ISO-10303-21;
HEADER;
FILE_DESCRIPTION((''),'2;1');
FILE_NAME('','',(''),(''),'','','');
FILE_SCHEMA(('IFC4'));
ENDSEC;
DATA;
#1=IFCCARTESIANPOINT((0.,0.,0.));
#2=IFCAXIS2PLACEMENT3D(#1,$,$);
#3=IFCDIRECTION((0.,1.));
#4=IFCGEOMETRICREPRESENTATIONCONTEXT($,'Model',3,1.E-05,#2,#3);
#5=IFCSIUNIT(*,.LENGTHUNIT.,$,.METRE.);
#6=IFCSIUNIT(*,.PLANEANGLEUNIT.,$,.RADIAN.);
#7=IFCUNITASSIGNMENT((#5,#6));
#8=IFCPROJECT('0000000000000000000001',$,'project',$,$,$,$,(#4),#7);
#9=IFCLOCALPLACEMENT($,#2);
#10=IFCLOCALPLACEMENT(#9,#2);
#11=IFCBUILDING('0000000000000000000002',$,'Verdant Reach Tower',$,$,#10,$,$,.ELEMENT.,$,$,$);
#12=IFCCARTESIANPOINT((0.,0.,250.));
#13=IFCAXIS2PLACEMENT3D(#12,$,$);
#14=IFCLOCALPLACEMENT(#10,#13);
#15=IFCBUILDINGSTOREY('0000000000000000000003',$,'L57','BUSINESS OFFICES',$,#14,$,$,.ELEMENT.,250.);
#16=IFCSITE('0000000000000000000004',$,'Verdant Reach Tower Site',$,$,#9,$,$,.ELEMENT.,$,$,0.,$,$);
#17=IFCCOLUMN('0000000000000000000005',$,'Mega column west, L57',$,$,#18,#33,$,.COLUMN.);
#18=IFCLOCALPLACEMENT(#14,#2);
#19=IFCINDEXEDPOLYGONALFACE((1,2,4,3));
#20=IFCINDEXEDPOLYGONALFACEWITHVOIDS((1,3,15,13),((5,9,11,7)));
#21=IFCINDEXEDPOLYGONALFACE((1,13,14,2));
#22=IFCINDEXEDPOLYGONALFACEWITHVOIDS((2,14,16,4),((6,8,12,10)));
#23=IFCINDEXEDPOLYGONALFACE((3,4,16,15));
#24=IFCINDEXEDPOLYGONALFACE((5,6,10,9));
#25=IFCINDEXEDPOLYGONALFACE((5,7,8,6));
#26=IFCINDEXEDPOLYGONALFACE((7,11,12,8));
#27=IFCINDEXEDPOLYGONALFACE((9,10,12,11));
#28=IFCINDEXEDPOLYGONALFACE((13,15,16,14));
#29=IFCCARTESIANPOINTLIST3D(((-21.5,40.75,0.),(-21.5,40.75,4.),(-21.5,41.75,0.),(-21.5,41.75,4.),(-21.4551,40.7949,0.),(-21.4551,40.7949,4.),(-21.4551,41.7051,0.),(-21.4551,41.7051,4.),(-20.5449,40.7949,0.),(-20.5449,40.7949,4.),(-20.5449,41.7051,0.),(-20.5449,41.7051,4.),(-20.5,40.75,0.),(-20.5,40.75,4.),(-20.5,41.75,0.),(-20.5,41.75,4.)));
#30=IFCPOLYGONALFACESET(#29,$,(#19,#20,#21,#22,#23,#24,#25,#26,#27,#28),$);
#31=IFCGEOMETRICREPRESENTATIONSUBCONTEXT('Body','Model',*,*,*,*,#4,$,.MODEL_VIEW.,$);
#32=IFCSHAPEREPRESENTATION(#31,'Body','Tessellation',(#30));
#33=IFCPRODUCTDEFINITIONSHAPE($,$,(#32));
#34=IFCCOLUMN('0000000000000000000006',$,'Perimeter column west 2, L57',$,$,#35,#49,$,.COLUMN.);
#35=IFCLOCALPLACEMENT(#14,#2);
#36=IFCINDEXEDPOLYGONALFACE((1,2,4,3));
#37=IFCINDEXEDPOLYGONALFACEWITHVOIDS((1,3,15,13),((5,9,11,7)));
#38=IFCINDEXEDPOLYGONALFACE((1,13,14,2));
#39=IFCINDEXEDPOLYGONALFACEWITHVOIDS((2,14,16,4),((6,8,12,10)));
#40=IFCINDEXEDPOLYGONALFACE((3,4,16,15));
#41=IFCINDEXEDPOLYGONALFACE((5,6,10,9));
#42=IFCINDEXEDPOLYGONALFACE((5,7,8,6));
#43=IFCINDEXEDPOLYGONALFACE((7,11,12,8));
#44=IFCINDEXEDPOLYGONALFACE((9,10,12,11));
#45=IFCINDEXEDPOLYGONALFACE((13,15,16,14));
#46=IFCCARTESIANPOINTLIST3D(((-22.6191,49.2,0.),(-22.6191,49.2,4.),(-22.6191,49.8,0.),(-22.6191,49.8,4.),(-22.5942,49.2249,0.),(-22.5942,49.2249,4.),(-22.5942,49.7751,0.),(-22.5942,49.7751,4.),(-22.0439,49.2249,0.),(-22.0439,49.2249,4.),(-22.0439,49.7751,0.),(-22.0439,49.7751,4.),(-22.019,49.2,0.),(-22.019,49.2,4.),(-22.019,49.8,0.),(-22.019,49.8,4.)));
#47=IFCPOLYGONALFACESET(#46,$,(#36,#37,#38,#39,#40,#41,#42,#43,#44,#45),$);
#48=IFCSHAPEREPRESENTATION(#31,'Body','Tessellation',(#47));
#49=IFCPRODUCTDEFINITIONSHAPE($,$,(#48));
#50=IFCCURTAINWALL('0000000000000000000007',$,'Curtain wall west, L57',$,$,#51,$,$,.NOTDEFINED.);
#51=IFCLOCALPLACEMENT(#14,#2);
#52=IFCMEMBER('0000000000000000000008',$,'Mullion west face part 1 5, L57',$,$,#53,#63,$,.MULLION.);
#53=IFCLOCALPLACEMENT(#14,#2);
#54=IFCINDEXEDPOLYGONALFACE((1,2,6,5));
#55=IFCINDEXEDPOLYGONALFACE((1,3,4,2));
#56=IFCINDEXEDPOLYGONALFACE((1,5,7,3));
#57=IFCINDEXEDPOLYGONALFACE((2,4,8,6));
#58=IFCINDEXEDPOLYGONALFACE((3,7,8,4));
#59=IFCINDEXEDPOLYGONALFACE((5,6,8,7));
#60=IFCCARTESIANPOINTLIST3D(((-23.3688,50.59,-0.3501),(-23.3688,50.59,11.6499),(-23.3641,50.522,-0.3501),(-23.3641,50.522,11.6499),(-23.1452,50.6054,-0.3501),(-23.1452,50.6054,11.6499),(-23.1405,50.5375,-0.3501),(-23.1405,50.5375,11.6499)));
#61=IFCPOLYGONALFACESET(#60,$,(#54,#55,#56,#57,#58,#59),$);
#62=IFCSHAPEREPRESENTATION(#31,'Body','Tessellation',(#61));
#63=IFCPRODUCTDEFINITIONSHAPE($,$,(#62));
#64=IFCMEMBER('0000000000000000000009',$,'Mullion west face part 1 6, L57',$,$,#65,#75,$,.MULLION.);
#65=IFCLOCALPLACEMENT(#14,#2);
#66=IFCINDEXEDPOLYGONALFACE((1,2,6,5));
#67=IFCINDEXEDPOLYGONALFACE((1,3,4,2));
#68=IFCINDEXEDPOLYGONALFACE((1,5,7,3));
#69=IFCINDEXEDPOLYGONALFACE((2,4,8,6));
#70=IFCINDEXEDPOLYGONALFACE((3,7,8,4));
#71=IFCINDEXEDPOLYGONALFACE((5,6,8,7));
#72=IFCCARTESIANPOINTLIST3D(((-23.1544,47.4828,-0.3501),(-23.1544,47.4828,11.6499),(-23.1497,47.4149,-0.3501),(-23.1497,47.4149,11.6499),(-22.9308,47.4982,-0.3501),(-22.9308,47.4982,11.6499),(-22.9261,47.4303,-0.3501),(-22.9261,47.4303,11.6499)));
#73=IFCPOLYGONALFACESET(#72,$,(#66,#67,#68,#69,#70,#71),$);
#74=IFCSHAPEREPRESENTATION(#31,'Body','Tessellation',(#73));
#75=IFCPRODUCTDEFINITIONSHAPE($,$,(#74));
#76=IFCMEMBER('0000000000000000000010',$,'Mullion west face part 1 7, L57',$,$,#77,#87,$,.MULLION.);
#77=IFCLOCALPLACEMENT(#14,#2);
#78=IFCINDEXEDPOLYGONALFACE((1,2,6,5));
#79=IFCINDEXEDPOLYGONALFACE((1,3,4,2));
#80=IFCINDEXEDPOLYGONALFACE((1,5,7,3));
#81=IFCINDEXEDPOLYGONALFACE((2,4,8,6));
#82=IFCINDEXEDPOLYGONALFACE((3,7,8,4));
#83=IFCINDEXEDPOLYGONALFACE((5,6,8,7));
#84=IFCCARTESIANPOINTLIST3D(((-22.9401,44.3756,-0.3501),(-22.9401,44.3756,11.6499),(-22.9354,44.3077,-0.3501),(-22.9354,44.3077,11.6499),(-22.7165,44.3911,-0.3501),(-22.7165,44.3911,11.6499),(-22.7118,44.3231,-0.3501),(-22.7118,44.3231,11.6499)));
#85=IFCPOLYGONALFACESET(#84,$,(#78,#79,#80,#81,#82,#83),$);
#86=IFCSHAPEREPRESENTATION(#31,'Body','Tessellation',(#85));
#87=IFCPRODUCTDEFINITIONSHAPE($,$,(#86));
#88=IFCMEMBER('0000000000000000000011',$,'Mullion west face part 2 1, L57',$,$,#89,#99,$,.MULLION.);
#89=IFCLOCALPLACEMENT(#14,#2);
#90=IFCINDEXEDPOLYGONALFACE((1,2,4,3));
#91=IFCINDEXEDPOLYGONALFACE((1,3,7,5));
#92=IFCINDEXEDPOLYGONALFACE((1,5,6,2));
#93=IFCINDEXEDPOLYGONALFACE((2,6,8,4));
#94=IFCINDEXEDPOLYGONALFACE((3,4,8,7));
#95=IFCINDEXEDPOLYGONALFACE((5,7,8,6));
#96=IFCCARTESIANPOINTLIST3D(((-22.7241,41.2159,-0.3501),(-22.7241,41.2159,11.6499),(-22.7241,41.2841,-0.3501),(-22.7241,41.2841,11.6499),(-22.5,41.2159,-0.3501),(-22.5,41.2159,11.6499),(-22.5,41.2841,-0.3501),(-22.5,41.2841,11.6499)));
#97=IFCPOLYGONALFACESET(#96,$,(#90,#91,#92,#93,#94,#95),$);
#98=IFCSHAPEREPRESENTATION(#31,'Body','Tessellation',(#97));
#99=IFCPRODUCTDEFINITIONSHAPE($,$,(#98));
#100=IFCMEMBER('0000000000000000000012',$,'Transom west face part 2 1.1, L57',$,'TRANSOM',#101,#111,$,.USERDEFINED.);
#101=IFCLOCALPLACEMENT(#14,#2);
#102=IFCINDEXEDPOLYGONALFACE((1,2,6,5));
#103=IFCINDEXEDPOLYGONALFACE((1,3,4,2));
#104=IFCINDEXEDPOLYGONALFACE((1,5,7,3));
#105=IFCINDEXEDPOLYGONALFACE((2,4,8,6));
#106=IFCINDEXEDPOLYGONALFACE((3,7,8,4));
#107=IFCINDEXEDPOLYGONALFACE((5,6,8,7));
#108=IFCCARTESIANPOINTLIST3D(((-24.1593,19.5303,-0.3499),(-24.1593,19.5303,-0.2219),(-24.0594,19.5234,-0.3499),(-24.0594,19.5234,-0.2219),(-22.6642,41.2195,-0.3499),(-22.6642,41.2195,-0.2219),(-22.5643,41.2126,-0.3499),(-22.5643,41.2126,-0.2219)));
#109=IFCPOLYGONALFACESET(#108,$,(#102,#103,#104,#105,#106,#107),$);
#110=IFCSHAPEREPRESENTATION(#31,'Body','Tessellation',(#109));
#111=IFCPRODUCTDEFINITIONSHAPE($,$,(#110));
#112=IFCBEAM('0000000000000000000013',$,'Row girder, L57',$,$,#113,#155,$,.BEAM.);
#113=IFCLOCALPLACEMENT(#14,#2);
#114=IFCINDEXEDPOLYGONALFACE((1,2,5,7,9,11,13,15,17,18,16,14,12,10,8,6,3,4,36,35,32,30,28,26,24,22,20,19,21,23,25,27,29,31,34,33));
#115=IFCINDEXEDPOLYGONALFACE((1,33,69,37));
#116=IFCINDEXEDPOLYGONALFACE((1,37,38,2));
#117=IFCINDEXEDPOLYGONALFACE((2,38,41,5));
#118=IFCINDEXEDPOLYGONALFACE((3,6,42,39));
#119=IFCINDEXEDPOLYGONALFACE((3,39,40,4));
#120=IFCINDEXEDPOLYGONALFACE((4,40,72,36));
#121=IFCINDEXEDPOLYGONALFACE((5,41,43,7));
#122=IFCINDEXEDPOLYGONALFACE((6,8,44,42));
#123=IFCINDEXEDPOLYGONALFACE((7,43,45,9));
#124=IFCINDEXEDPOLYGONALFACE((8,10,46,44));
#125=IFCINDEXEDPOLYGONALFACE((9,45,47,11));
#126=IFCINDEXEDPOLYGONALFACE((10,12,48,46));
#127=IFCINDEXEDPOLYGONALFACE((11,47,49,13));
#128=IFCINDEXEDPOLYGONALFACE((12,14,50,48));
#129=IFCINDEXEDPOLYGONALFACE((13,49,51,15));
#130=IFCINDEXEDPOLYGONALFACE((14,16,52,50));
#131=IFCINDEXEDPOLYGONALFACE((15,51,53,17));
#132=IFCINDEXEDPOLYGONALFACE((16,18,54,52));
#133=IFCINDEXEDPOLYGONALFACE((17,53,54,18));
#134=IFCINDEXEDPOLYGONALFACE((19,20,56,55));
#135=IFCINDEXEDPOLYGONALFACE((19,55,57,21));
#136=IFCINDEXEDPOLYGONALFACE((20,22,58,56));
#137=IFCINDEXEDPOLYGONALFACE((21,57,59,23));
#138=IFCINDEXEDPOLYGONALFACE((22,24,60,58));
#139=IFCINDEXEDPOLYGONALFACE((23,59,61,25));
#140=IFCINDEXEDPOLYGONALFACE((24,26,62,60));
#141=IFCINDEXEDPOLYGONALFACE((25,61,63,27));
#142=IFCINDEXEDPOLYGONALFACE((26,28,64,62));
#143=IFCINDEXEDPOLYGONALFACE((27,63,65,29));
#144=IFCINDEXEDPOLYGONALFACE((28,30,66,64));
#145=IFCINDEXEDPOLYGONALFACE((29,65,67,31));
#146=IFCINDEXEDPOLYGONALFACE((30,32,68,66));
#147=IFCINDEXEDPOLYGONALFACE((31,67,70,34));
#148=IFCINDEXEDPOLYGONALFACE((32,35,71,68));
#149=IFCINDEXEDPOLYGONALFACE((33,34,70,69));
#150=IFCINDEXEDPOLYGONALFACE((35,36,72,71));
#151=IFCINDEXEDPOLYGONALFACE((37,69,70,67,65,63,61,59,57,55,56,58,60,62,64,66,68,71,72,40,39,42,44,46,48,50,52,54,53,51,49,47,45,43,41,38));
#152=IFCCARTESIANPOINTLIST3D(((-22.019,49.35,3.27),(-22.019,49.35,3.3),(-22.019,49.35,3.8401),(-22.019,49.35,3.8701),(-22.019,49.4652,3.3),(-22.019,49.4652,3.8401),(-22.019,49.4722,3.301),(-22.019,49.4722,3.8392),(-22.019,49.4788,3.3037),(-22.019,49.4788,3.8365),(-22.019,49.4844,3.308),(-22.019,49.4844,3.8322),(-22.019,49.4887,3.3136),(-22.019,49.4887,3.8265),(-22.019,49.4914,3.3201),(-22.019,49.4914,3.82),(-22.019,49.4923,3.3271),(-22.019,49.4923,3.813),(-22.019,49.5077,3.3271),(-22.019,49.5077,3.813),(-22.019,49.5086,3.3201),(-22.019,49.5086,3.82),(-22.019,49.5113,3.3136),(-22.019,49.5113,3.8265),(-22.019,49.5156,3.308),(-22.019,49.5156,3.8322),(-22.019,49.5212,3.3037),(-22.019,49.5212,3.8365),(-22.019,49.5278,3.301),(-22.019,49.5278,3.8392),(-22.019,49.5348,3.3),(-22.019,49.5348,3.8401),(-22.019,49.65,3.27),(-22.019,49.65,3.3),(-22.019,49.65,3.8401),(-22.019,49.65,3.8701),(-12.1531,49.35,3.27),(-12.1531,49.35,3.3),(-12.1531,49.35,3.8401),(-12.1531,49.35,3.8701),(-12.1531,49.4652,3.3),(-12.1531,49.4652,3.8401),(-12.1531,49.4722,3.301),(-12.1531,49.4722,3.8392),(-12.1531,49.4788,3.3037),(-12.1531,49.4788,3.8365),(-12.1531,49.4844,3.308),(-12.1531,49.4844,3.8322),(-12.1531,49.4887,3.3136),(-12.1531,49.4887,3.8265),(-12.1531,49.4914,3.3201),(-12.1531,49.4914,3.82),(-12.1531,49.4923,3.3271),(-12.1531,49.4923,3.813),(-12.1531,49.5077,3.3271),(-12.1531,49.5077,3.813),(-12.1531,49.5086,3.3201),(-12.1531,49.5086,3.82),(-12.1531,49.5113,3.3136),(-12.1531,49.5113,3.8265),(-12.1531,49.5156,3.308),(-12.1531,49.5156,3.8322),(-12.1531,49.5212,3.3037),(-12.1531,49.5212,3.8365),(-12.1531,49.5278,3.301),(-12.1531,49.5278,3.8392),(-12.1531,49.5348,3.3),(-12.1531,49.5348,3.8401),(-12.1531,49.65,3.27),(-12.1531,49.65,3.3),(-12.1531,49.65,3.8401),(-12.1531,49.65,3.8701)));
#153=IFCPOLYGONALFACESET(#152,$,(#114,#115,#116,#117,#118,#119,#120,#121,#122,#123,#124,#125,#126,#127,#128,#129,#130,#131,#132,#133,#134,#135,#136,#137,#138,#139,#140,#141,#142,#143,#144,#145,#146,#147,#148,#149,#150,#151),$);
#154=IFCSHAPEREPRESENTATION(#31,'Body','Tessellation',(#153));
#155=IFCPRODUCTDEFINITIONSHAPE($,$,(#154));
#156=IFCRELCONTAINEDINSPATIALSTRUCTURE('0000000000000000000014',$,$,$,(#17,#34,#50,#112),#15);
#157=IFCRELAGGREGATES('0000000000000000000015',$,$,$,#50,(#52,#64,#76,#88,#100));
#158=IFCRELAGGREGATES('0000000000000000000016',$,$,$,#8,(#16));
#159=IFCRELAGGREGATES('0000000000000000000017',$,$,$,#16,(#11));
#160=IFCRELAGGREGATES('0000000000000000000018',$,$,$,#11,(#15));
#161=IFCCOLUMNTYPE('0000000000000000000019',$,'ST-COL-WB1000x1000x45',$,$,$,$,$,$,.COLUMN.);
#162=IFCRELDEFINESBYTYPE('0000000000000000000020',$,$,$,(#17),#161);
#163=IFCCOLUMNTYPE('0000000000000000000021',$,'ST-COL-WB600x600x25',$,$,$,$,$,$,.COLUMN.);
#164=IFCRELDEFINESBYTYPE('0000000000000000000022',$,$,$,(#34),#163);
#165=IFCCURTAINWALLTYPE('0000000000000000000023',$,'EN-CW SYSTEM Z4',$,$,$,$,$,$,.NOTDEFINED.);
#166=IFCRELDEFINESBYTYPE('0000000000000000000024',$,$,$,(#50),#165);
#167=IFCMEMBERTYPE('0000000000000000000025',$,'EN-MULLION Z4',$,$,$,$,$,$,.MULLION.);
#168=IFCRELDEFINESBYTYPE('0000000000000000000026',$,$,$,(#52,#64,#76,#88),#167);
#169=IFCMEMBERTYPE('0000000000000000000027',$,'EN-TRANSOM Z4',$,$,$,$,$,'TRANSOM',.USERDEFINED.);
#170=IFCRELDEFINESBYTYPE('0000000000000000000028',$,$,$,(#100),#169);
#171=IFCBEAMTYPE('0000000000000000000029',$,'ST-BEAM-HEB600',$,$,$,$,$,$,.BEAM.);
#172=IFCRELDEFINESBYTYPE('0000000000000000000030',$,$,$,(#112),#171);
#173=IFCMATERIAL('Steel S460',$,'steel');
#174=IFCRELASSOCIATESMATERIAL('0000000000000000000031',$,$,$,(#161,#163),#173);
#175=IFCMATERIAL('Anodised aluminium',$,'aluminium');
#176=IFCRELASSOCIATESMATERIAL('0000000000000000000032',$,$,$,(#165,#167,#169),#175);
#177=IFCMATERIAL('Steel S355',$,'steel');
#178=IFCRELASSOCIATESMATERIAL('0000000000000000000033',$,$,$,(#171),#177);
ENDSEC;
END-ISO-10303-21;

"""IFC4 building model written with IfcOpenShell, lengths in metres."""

from ifc_helpers import new_model, si_unit, direction, frame, origin, origin_2d, place, context, subcontext, project, spatial, rectangle, hollow_rectangle, i_section, extrude, material, material_profile, profile_set, type_object, element, aggregate, save


model = new_model("IFC4")

# Units and contexts
model_context = context("Model", 3, precision=1e-05, world=origin(), true_north=direction((0.0, 1.0)))
body_context = subcontext(model_context, "Body", "Model", "MODEL_VIEW")
ifc_project = project(units=[si_unit("LENGTHUNIT", "METRE"), si_unit("PLANEANGLEUNIT", "RADIAN")], contexts=[model_context])

# Site, building, storey
site_placement = place(None, origin())
site = spatial("IfcSite", under=ifc_project, at=site_placement, Name="Verdant Reach Tower Site", CompositionType="ELEMENT", RefElevation=0.0)
building_placement = place(site_placement, origin())
building = spatial("IfcBuilding", under=site, at=building_placement, Name="Verdant Reach Tower", CompositionType="ELEMENT")
storey_placement = place(building_placement, frame((0.0, 0.0, 250.0)))
storey = spatial("IfcBuildingStorey", under=building, at=storey_placement, Name="L57", Description="BUSINESS OFFICES", CompositionType="ELEMENT", Elevation=250.0)

# Columns
ifc_material_1 = material(Name="Steel S460", Category="steel")
ifc_material_profile_1 = material_profile(ifc_material_1, hollow_rectangle(XDim=1.0, YDim=1.0, WallThickness=0.0449, at=origin_2d()), Name="WB 1000x1000x45")
ifc_profile_set_1 = profile_set([ifc_material_profile_1], Name="Steel S460")
column_type_1 = type_object("IfcColumnType", Name="ST-COL-WB1000x1000x45", PredefinedType="COLUMN", material=ifc_profile_set_1)
column_1_placement = place(storey_placement, frame((-21.0, 41.25, 0.0), z_axis=(0.0, 0.0, 1.0), x_axis=(1.0, 0.0, 0.0)))
element("IfcColumn", 1, at=column_1_placement, inside=storey, type_object=column_type_1, Name="Mega column west, L57", PredefinedType="COLUMN", context=body_context, shape_type="SweptSolid", body=[
    extrude(hollow_rectangle(XDim=1.0, YDim=1.0, WallThickness=0.0449, at=origin_2d()), origin(), (0.0, 0.0, 1.0), 4.0),
])
ifc_material_profile_2 = material_profile(ifc_material_1, hollow_rectangle(XDim=0.6001, YDim=0.6001, WallThickness=0.0249, at=origin_2d()), Name="WB 600x600x25")
ifc_profile_set_2 = profile_set([ifc_material_profile_2], Name="Steel S460")
column_type_2 = type_object("IfcColumnType", Name="ST-COL-WB600x600x25", PredefinedType="COLUMN", material=ifc_profile_set_2)
column_2_placement = place(storey_placement, frame((-22.3191, 49.5, 0.0), z_axis=(0.0, 0.0, 1.0), x_axis=(1.0, 0.0, 0.0)))
element("IfcColumn", 2, at=column_2_placement, inside=storey, type_object=column_type_2, Name="Perimeter column west 2, L57", PredefinedType="COLUMN", context=body_context, shape_type="SweptSolid", body=[
    extrude(hollow_rectangle(XDim=0.6001, YDim=0.6001, WallThickness=0.0249, at=origin_2d()), origin(), (0.0, 0.0, 1.0), 4.0),
])

# Curtain wall, members
ifc_material_2 = material(Name="Anodised aluminium", Category="aluminium")
curtain_wall_type = type_object("IfcCurtainWallType", Name="EN-CW SYSTEM Z4", PredefinedType="NOTDEFINED", material=ifc_material_2)
curtain_wall_placement = place(storey_placement, origin())
curtain_wall = element("IfcCurtainWall", 3, at=curtain_wall_placement, inside=storey, type_object=curtain_wall_type, Name="Curtain wall west, L57", PredefinedType="NOTDEFINED")
ifc_material_profile_3 = material_profile(ifc_material_2, rectangle(XDim=0.2241, YDim=0.0681, at=origin_2d()), Name="Mullion 68x224")
ifc_profile_set_3 = profile_set([ifc_material_profile_3], Name="Anodised aluminium")
member_type_1 = type_object("IfcMemberType", Name="EN-MULLION Z4", PredefinedType="MULLION", material=ifc_profile_set_3)
member_1_placement = place(storey_placement, frame((-23.2546, 50.5637, -0.3501), z_axis=(0.0, 0.0, 1.0), x_axis=(-0.99763, -0.068802, 0.0)))
member_1 = element("IfcMember", 4, at=member_1_placement, type_object=member_type_1, Name="Mullion west face part 1 5, L57", PredefinedType="MULLION", context=body_context, shape_type="SweptSolid", body=[
    extrude(rectangle(XDim=0.2241, YDim=0.0681, at=origin_2d()), origin(), (0.0, 0.0, 1.0), 12.0),
])
member_2_placement = place(storey_placement, frame((-23.0403, 47.4565, -0.3501), z_axis=(0.0, 0.0, 1.0), x_axis=(-0.99763, -0.068802, 0.0)))
member_2 = element("IfcMember", 5, at=member_2_placement, type_object=member_type_1, Name="Mullion west face part 1 6, L57", PredefinedType="MULLION", context=body_context, shape_type="SweptSolid", body=[
    extrude(rectangle(XDim=0.2241, YDim=0.0681, at=origin_2d()), origin(), (0.0, 0.0, 1.0), 12.0),
])
member_3_placement = place(storey_placement, frame((-22.8259, 44.3494, -0.3501), z_axis=(0.0, 0.0, 1.0), x_axis=(-0.99763, -0.068802, 0.0)))
member_3 = element("IfcMember", 6, at=member_3_placement, type_object=member_type_1, Name="Mullion west face part 1 7, L57", PredefinedType="MULLION", context=body_context, shape_type="SweptSolid", body=[
    extrude(rectangle(XDim=0.2241, YDim=0.0681, at=origin_2d()), origin(), (0.0, 0.0, 1.0), 12.0),
])
member_4_placement = place(storey_placement, frame((-22.6121, 41.25, -0.3501), z_axis=(0.0, 0.0, 1.0), x_axis=(-1.0, 0.0, 0.0)))
member_4 = element("IfcMember", 7, at=member_4_placement, type_object=member_type_1, Name="Mullion west face part 2 1, L57", PredefinedType="MULLION", context=body_context, shape_type="SweptSolid", body=[
    extrude(rectangle(XDim=0.2241, YDim=0.0681, at=origin_2d()), origin(), (0.0, 0.0, 1.0), 12.0),
])
ifc_material_profile_4 = material_profile(ifc_material_2, rectangle(XDim=0.1001, YDim=0.1279, at=origin_2d()), Name="Transom 128x100")
ifc_profile_set_4 = profile_set([ifc_material_profile_4], Name="Anodised aluminium")
member_type_2 = type_object("IfcMemberType", Name="EN-TRANSOM Z4", ElementType="TRANSOM", PredefinedType="USERDEFINED", material=ifc_profile_set_4)
member_5_placement = place(storey_placement, frame((-22.6143, 41.2161, -0.2859), z_axis=(-0.06877, -0.997633, 0.0), x_axis=(0.997633, -0.06877, 0.0)))
member_5 = element("IfcMember", 8, at=member_5_placement, type_object=member_type_2, Name="Transom west face part 2 1.1, L57", ObjectType="TRANSOM", PredefinedType="USERDEFINED", context=body_context, shape_type="SweptSolid", body=[
    extrude(rectangle(XDim=0.1001, YDim=0.1279, at=origin_2d()), origin(), (0.0, 0.0, 1.0), 21.7407),
])

# Beam
ifc_material_3 = material(Name="Steel S355", Category="steel")
ifc_material_profile_5 = material_profile(ifc_material_3, i_section(OverallWidth=0.3, OverallDepth=0.6001, WebThickness=0.0154, FlangeThickness=0.03, FilletRadius=0.0271, at=origin_2d()), Name="HEB 600")
ifc_profile_set_5 = profile_set([ifc_material_profile_5], Name="Steel S355")
beam_type_1 = type_object("IfcBeamType", Name="ST-BEAM-HEB600", PredefinedType="BEAM", material=ifc_profile_set_5)
beam_1_placement = place(storey_placement, frame((-22.019, 49.5, 3.5701), z_axis=(1.0, 0.0, 0.0), x_axis=(0.0, 1.0, 0.0)))
element("IfcBeam", 9, at=beam_1_placement, inside=storey, type_object=beam_type_1, Name="Row girder, L57", PredefinedType="BEAM", context=body_context, shape_type="SweptSolid", body=[
    extrude(i_section(OverallWidth=0.3, OverallDepth=0.6001, WebThickness=0.0154, FlangeThickness=0.03, FilletRadius=0.0271, at=origin_2d()), origin(), (0.0, 0.0, 1.0), 9.866),
])

aggregate(curtain_wall, [member_1, member_2, member_3, member_4, member_5])

save(model, "model.ifc")
